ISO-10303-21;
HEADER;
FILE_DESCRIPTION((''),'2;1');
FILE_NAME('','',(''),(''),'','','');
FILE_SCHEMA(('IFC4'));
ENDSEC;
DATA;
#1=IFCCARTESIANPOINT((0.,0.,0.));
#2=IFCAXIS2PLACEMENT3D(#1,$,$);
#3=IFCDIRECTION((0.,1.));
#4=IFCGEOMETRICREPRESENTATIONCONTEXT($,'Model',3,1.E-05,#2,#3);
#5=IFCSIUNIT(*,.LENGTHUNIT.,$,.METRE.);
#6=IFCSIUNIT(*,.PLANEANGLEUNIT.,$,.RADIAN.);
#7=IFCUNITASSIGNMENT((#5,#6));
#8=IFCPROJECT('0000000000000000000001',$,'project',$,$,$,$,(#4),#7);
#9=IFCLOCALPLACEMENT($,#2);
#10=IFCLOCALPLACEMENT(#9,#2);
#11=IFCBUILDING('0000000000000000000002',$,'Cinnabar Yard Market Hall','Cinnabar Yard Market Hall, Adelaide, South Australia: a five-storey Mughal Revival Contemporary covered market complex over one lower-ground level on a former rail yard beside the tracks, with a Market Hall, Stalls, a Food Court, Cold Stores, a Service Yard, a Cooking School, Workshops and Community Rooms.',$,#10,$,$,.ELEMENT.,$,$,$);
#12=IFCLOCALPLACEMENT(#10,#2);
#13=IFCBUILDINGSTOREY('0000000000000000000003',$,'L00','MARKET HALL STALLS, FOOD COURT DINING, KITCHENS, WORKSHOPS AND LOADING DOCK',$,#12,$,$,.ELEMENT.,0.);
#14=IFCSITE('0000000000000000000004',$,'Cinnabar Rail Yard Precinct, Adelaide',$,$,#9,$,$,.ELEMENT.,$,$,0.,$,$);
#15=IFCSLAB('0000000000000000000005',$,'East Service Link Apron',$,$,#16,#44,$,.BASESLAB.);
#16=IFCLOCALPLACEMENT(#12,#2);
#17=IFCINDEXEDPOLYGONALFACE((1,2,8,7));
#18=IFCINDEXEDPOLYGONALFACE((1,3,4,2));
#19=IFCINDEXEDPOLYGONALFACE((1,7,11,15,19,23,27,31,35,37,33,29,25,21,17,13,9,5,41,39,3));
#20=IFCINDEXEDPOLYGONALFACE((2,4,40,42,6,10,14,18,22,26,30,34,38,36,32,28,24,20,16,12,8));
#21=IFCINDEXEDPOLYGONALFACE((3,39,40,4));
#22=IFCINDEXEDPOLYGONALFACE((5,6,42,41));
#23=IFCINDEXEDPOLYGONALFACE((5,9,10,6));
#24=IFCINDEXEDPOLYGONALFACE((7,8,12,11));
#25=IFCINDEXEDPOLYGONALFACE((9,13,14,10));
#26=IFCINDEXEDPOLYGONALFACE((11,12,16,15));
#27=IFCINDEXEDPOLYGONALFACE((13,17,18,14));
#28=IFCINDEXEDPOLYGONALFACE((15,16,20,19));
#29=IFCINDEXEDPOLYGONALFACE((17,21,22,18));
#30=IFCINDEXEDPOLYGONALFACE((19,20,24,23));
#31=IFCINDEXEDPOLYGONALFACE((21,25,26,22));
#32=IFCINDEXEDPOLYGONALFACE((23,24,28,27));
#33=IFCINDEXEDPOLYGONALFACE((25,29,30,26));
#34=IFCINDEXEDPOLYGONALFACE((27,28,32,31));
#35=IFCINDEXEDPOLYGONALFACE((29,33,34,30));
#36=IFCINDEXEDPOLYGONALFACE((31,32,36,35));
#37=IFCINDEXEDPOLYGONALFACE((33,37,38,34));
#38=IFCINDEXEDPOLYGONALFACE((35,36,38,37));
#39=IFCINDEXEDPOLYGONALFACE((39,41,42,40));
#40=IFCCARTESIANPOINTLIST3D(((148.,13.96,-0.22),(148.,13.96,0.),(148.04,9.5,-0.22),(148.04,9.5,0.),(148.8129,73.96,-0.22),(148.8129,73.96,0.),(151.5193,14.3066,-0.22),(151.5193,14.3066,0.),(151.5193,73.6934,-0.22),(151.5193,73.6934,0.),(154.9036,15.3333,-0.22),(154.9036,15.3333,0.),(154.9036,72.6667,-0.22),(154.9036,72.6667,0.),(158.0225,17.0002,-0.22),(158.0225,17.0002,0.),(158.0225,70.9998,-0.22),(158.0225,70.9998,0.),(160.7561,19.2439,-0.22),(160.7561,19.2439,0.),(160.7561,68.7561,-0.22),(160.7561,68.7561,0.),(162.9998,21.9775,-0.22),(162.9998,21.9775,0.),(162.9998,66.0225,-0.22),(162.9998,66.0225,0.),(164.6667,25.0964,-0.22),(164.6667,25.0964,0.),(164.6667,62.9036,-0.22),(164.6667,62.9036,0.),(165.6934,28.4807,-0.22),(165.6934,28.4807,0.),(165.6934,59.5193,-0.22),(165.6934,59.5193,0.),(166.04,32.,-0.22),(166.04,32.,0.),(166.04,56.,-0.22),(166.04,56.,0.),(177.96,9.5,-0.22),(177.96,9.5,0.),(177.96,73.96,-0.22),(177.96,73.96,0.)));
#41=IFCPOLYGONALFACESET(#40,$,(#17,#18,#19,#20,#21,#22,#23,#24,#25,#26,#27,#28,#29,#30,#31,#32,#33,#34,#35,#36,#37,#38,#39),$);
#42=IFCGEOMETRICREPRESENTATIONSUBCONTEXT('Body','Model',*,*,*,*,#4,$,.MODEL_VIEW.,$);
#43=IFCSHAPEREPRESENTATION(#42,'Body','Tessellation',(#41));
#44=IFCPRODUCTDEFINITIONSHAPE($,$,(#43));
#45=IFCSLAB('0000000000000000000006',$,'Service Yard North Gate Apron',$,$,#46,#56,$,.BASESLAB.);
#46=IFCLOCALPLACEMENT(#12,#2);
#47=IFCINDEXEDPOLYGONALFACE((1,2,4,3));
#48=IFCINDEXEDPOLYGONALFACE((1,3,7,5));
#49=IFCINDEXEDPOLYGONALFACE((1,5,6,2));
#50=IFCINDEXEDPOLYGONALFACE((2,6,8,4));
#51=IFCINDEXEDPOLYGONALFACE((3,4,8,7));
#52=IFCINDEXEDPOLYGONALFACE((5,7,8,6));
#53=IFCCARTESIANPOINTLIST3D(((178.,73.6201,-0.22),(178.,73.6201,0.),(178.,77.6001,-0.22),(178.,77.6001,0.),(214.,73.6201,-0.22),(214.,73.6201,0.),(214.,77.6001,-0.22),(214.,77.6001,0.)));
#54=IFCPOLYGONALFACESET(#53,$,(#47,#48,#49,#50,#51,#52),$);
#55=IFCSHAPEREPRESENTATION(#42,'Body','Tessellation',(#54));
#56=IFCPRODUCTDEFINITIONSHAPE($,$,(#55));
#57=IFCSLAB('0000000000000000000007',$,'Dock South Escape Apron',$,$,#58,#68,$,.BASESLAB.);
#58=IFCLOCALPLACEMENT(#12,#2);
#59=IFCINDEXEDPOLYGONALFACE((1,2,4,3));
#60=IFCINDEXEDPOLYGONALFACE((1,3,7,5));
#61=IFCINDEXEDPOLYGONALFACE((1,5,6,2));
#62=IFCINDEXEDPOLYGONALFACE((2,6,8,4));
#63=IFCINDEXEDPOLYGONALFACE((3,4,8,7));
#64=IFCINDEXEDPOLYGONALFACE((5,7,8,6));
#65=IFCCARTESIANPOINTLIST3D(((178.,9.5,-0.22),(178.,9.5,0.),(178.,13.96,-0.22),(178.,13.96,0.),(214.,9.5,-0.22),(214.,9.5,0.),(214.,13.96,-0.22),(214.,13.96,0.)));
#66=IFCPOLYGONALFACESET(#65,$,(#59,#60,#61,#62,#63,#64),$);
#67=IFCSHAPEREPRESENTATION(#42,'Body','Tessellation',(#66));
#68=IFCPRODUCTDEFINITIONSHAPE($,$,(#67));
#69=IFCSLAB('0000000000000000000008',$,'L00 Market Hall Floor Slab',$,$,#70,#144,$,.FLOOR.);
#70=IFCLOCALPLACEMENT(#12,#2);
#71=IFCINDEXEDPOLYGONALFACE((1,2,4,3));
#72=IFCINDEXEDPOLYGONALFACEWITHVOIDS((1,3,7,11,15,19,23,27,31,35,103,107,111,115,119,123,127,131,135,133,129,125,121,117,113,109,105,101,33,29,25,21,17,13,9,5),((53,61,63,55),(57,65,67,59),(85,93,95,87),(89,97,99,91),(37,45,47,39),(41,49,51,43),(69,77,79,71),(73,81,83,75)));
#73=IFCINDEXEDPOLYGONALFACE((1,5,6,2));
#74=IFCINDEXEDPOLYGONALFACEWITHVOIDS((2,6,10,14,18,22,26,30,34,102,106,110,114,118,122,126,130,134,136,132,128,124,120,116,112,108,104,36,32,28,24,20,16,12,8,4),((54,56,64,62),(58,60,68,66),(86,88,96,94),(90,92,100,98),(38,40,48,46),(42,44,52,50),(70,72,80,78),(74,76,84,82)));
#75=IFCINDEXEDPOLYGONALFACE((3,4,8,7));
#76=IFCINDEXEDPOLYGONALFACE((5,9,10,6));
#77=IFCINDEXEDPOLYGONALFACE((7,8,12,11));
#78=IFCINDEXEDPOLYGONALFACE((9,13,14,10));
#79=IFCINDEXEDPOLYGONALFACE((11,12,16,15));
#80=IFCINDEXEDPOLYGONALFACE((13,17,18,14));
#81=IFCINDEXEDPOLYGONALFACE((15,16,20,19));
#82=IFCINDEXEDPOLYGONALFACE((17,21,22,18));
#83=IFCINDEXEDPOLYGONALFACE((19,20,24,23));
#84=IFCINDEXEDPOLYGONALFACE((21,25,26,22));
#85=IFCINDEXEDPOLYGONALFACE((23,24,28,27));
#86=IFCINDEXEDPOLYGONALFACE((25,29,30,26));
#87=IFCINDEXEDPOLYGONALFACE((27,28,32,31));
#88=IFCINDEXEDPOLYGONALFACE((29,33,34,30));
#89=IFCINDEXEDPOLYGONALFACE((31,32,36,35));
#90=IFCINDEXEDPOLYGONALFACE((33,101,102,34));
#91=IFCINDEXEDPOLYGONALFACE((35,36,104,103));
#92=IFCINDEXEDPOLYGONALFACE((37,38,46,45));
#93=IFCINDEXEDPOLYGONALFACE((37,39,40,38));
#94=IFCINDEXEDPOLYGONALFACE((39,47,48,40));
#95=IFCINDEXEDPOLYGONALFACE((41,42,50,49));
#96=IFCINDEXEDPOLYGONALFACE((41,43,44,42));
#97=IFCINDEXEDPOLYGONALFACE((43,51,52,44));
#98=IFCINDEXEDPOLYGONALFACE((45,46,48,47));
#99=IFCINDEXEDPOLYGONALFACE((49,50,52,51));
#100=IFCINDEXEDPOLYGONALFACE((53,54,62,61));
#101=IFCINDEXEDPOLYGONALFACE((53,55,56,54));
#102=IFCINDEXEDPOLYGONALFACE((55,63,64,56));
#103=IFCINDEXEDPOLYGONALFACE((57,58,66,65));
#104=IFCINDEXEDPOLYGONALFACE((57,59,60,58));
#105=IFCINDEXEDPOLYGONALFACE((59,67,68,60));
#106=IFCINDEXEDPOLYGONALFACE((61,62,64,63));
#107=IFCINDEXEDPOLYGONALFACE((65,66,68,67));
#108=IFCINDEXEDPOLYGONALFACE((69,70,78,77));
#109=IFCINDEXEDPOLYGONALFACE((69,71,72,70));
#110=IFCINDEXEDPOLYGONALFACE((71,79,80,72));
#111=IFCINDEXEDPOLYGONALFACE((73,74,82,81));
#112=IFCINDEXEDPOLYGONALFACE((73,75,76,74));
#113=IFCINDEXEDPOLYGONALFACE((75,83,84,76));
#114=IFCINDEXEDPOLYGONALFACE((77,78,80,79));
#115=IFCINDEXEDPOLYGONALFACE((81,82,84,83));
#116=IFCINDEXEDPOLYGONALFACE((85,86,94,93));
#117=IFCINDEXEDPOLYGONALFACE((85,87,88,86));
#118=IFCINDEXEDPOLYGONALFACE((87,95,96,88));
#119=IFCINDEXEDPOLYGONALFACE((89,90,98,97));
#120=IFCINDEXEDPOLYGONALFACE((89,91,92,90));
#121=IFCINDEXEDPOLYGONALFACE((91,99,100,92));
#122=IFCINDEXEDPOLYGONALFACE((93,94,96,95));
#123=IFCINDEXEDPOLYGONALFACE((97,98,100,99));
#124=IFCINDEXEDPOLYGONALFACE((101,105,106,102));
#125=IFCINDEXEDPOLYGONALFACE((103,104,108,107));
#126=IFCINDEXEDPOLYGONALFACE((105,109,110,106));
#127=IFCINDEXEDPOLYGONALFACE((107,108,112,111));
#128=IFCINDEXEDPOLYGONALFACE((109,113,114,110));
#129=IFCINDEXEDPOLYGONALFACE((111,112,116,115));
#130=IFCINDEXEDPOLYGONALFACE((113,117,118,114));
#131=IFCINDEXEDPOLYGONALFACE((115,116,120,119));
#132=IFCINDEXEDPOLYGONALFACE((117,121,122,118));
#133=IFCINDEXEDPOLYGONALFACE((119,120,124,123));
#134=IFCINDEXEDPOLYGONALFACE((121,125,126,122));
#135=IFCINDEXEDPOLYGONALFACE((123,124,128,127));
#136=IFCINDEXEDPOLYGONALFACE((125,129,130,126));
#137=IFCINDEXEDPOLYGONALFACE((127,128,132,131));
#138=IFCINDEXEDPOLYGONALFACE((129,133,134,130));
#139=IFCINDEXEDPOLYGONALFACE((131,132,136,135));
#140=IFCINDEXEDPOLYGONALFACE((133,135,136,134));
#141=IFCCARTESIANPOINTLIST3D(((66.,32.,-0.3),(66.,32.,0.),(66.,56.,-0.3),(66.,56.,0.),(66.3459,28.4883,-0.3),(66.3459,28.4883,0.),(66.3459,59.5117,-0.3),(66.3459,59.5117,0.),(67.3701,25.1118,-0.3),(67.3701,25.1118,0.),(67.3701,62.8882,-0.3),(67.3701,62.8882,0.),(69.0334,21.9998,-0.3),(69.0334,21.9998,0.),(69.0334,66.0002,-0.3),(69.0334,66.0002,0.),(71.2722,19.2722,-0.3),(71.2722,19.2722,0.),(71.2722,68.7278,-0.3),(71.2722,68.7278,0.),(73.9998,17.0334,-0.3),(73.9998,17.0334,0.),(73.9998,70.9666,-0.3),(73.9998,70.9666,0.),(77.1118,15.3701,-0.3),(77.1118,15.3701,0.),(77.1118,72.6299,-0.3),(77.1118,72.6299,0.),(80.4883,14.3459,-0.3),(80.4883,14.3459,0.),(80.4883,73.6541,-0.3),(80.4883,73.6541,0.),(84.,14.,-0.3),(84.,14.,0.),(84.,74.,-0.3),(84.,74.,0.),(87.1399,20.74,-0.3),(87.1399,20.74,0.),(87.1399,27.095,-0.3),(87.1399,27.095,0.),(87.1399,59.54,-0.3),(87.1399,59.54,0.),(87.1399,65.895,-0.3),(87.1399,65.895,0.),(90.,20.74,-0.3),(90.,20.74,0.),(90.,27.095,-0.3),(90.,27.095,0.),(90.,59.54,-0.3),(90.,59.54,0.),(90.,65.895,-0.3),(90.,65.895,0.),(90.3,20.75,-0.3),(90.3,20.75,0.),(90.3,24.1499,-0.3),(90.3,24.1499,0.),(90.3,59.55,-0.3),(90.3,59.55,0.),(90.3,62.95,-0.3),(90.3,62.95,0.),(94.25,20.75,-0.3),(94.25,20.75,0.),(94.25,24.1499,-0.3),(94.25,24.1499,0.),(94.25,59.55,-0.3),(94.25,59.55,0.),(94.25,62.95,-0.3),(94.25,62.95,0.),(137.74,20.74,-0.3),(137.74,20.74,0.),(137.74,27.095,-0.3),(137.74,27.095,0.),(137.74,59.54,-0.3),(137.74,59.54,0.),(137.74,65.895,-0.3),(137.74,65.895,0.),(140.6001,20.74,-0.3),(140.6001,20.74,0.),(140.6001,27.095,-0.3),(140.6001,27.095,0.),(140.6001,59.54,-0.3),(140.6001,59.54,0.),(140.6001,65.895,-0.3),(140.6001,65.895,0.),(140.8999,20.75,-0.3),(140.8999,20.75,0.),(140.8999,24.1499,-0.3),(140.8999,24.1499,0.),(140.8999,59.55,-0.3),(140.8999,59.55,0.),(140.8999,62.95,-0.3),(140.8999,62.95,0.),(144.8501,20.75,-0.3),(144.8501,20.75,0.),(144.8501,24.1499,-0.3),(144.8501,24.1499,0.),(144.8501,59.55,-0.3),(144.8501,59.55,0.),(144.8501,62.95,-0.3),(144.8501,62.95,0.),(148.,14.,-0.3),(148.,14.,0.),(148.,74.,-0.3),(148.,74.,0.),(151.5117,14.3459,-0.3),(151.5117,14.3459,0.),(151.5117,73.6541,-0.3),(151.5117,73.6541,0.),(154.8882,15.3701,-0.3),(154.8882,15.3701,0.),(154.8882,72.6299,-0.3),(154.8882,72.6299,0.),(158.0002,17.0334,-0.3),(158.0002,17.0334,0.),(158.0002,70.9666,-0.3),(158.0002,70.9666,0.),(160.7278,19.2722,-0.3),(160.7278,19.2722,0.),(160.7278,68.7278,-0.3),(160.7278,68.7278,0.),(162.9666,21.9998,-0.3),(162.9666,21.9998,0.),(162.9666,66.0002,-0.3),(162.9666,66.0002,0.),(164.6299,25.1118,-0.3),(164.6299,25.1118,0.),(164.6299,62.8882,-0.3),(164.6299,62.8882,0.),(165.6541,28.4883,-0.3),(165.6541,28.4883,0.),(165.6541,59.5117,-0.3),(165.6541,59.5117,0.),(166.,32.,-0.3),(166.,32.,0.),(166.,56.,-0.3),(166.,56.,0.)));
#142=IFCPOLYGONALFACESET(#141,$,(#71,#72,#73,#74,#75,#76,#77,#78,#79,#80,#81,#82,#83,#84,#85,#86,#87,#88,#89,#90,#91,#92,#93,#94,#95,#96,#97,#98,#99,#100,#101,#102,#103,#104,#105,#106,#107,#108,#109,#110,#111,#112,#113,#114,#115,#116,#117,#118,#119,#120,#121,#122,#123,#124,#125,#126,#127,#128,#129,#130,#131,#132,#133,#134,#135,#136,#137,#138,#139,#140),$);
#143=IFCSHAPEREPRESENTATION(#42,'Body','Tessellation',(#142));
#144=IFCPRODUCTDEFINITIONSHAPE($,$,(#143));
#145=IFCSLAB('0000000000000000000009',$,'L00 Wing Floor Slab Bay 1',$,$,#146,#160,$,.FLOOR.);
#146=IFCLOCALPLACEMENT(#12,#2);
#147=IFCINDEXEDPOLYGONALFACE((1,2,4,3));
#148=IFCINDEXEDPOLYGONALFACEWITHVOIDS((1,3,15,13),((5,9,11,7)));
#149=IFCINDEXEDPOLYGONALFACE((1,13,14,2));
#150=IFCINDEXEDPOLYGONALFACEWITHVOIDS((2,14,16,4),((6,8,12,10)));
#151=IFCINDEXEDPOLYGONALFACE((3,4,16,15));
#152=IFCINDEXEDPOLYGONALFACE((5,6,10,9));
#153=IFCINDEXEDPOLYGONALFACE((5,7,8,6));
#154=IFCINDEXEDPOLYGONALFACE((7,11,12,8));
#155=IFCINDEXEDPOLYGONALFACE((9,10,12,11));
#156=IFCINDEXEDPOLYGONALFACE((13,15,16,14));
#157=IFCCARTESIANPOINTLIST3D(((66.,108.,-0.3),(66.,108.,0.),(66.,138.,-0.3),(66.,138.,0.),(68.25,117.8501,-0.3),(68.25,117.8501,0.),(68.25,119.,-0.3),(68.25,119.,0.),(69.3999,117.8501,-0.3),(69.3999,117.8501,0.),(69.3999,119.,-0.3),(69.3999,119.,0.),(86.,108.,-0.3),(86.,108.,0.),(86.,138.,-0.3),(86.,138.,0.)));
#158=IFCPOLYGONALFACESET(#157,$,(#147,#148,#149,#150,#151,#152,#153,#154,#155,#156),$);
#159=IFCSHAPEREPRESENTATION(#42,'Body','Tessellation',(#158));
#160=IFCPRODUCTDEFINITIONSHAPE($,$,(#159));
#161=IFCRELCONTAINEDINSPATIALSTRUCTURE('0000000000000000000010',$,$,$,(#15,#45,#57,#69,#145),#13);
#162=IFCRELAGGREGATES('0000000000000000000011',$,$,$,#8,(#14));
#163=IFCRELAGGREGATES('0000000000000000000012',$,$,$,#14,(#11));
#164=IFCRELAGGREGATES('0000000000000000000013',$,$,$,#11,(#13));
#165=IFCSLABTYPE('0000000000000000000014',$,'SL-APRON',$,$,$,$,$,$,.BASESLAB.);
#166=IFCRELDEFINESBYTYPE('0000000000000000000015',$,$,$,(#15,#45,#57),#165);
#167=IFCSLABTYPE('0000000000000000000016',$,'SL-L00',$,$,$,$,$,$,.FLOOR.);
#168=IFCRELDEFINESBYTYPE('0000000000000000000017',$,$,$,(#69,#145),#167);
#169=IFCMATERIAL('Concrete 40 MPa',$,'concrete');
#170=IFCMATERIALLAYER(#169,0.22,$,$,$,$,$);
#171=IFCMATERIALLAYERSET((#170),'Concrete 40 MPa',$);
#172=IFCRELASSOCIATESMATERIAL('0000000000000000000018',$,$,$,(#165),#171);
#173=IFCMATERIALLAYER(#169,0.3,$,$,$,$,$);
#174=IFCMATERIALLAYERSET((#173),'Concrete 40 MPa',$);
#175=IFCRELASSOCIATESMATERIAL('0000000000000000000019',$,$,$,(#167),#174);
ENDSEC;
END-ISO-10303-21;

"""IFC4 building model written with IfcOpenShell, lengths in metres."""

from ifc_helpers import new_model, si_unit, direction, frame, origin, place, context, subcontext, project, spatial, polyline, outline, extrude, material, layer, layer_set, type_object, element, save


model = new_model("IFC4")

# Units and contexts
model_context = context("Model", 3, precision=1e-05, world=origin(), true_north=direction((0.0, 1.0)))
body_context = subcontext(model_context, "Body", "Model", "MODEL_VIEW")
ifc_project = project(units=[si_unit("LENGTHUNIT", "METRE"), si_unit("PLANEANGLEUNIT", "RADIAN")], contexts=[model_context])

# Site, building, storey
site_placement = place(None, origin())
site = spatial("IfcSite", under=ifc_project, at=site_placement, Name="Cinnabar Rail Yard Precinct, Adelaide", CompositionType="ELEMENT", RefElevation=0.0)
building_placement = place(site_placement, origin())
building = spatial("IfcBuilding", under=site, at=building_placement, Name="Cinnabar Yard Market Hall", Description="Cinnabar Yard Market Hall, Adelaide, South Australia: a five-storey Mughal Revival Contemporary covered market complex over one lower-ground level on a former rail yard beside the tracks, with a Market Hall, Stalls, a Food Court, Cold Stores, a Service Yard, a Cooking School, Workshops and Community Rooms.", CompositionType="ELEMENT")
storey_placement = place(building_placement, origin())
storey = spatial("IfcBuildingStorey", under=building, at=storey_placement, Name="L00", Description="MARKET HALL STALLS, FOOD COURT DINING, KITCHENS, WORKSHOPS AND LOADING DOCK", CompositionType="ELEMENT", Elevation=0.0)

# Slabs
ifc_material = material(Name="Concrete 40 MPa", Category="concrete")
ifc_layer_1 = layer(ifc_material, 0.22)
ifc_layer_set_1 = layer_set([ifc_layer_1], Name="Concrete 40 MPa")
slab_type_1 = type_object("IfcSlabType", Name="SL-APRON", PredefinedType="BASESLAB", material=ifc_layer_set_1)
slab_1_placement = place(storey_placement, frame((0.0, 0.0, -0.22)))
element("IfcSlab", 1, at=slab_1_placement, inside=storey, type_object=slab_type_1, Name="East Service Link Apron", PredefinedType="BASESLAB", context=body_context, shape_type="SweptSolid", body=[
    extrude(outline(polyline([(148.04, 9.5), (177.96, 9.5), (177.96, 73.96), (148.04, 73.96), (148.0, 74.04), (151.5193, 73.6934), (154.9036, 72.6667), (158.0225, 70.9998), (160.7561, 68.7561), (162.9998, 66.0225), (164.6667, 62.9036), (165.6934, 59.5193), (166.04, 56.0), (166.04, 32.0), (165.6934, 28.4807), (164.6667, 25.0964), (162.9998, 21.9775), (160.7561, 19.2439), (158.0225, 17.0002), (154.9036, 15.3333), (151.5193, 14.3066), (148.0, 13.96), (148.04, 9.5)])), origin(), (0.0, 0.0, 1.0), 0.22),
])
slab_2_placement = place(storey_placement, frame((0.0, 0.0, -0.22)))
element("IfcSlab", 2, at=slab_2_placement, inside=storey, type_object=slab_type_1, Name="Service Yard North Gate Apron", PredefinedType="BASESLAB", context=body_context, shape_type="SweptSolid", body=[
    extrude(outline(polyline([(178.0, 73.6201), (214.0, 73.6201), (214.0, 77.6001), (178.0, 77.6001), (178.0, 73.6201)])), origin(), (0.0, 0.0, 1.0), 0.22),
])
slab_3_placement = place(storey_placement, frame((0.0, 0.0, -0.22)))
element("IfcSlab", 3, at=slab_3_placement, inside=storey, type_object=slab_type_1, Name="Dock South Escape Apron", PredefinedType="BASESLAB", context=body_context, shape_type="SweptSolid", body=[
    extrude(outline(polyline([(178.0, 9.5), (214.0, 9.5), (214.0, 13.96), (178.0, 13.96), (178.0, 9.5)])), origin(), (0.0, 0.0, 1.0), 0.22),
])
ifc_layer_2 = layer(ifc_material, 0.3)
ifc_layer_set_2 = layer_set([ifc_layer_2], Name="Concrete 40 MPa")
slab_type_2 = type_object("IfcSlabType", Name="SL-L00", PredefinedType="FLOOR", material=ifc_layer_set_2)
slab_4_placement = place(storey_placement, frame((0.0, 0.0, -0.3)))
element("IfcSlab", 4, at=slab_4_placement, inside=storey, type_object=slab_type_2, Name="L00 Market Hall Floor Slab", PredefinedType="FLOOR", context=body_context, shape_type="SweptSolid", body=[
    extrude(outline(polyline([(66.0, 32.0), (66.3459, 28.4883), (67.3701, 25.1118), (69.0334, 21.9998), (71.2722, 19.2722), (73.9998, 17.0334), (77.1118, 15.3701), (80.4883, 14.3459), (84.0, 14.0), (148.0, 14.0), (151.5117, 14.3459), (154.8882, 15.3701), (158.0002, 17.0334), (160.7278, 19.2722), (162.9666, 21.9998), (164.6299, 25.1118), (165.6541, 28.4883), (166.0, 32.0), (166.0, 56.0), (165.6541, 59.5117), (164.6299, 62.8882), (162.9666, 66.0002), (160.7278, 68.7278), (158.0002, 70.9666), (154.8882, 72.6299), (151.5117, 73.6541), (148.0, 74.0), (84.0, 74.0), (80.4883, 73.6541), (77.1118, 72.6299), (73.9998, 70.9666), (71.2722, 68.7278), (69.0334, 66.0002), (67.3701, 62.8882), (66.3459, 59.5117), (66.0, 56.0), (66.0, 32.0)]), holes=[polyline([(87.1399, 27.095), (87.1399, 20.74), (90.0, 20.74), (90.0, 27.095), (87.1399, 27.095)]), polyline([(90.3, 20.75), (94.25, 20.75), (94.25, 24.1499), (90.3, 24.1499), (90.3, 20.75)]), polyline([(137.74, 27.095), (137.74, 20.74), (140.6001, 20.74), (140.6001, 27.095), (137.74, 27.095)]), polyline([(140.8999, 20.75), (144.8501, 20.75), (144.8501, 24.1499), (140.8999, 24.1499), (140.8999, 20.75)]), polyline([(87.1399, 65.895), (87.1399, 59.54), (90.0, 59.54), (90.0, 65.895), (87.1399, 65.895)]), polyline([(90.3, 59.55), (94.25, 59.55), (94.25, 62.95), (90.3, 62.95), (90.3, 59.55)]), polyline([(137.74, 65.895), (137.74, 59.54), (140.6001, 59.54), (140.6001, 65.895), (137.74, 65.895)]), polyline([(140.8999, 59.55), (144.8501, 59.55), (144.8501, 62.95), (140.8999, 62.95), (140.8999, 59.55)])]), origin(), (0.0, 0.0, 1.0), 0.3),
])
slab_5_placement = place(storey_placement, frame((0.0, 0.0, -0.3)))
element("IfcSlab", 5, at=slab_5_placement, inside=storey, type_object=slab_type_2, Name="L00 Wing Floor Slab Bay 1", PredefinedType="FLOOR", context=body_context, shape_type="SweptSolid", body=[
    extrude(outline(polyline([(66.0, 108.0), (86.0, 108.0), (86.0, 138.0), (66.0, 138.0), (66.0, 108.0)]), holes=[polyline([(68.25, 117.8501), (69.3999, 117.8501), (69.3999, 119.0), (68.25, 119.0), (68.25, 117.8501)])]), origin(), (0.0, 0.0, 1.0), 0.3),
])

save(model, "model.ifc")
